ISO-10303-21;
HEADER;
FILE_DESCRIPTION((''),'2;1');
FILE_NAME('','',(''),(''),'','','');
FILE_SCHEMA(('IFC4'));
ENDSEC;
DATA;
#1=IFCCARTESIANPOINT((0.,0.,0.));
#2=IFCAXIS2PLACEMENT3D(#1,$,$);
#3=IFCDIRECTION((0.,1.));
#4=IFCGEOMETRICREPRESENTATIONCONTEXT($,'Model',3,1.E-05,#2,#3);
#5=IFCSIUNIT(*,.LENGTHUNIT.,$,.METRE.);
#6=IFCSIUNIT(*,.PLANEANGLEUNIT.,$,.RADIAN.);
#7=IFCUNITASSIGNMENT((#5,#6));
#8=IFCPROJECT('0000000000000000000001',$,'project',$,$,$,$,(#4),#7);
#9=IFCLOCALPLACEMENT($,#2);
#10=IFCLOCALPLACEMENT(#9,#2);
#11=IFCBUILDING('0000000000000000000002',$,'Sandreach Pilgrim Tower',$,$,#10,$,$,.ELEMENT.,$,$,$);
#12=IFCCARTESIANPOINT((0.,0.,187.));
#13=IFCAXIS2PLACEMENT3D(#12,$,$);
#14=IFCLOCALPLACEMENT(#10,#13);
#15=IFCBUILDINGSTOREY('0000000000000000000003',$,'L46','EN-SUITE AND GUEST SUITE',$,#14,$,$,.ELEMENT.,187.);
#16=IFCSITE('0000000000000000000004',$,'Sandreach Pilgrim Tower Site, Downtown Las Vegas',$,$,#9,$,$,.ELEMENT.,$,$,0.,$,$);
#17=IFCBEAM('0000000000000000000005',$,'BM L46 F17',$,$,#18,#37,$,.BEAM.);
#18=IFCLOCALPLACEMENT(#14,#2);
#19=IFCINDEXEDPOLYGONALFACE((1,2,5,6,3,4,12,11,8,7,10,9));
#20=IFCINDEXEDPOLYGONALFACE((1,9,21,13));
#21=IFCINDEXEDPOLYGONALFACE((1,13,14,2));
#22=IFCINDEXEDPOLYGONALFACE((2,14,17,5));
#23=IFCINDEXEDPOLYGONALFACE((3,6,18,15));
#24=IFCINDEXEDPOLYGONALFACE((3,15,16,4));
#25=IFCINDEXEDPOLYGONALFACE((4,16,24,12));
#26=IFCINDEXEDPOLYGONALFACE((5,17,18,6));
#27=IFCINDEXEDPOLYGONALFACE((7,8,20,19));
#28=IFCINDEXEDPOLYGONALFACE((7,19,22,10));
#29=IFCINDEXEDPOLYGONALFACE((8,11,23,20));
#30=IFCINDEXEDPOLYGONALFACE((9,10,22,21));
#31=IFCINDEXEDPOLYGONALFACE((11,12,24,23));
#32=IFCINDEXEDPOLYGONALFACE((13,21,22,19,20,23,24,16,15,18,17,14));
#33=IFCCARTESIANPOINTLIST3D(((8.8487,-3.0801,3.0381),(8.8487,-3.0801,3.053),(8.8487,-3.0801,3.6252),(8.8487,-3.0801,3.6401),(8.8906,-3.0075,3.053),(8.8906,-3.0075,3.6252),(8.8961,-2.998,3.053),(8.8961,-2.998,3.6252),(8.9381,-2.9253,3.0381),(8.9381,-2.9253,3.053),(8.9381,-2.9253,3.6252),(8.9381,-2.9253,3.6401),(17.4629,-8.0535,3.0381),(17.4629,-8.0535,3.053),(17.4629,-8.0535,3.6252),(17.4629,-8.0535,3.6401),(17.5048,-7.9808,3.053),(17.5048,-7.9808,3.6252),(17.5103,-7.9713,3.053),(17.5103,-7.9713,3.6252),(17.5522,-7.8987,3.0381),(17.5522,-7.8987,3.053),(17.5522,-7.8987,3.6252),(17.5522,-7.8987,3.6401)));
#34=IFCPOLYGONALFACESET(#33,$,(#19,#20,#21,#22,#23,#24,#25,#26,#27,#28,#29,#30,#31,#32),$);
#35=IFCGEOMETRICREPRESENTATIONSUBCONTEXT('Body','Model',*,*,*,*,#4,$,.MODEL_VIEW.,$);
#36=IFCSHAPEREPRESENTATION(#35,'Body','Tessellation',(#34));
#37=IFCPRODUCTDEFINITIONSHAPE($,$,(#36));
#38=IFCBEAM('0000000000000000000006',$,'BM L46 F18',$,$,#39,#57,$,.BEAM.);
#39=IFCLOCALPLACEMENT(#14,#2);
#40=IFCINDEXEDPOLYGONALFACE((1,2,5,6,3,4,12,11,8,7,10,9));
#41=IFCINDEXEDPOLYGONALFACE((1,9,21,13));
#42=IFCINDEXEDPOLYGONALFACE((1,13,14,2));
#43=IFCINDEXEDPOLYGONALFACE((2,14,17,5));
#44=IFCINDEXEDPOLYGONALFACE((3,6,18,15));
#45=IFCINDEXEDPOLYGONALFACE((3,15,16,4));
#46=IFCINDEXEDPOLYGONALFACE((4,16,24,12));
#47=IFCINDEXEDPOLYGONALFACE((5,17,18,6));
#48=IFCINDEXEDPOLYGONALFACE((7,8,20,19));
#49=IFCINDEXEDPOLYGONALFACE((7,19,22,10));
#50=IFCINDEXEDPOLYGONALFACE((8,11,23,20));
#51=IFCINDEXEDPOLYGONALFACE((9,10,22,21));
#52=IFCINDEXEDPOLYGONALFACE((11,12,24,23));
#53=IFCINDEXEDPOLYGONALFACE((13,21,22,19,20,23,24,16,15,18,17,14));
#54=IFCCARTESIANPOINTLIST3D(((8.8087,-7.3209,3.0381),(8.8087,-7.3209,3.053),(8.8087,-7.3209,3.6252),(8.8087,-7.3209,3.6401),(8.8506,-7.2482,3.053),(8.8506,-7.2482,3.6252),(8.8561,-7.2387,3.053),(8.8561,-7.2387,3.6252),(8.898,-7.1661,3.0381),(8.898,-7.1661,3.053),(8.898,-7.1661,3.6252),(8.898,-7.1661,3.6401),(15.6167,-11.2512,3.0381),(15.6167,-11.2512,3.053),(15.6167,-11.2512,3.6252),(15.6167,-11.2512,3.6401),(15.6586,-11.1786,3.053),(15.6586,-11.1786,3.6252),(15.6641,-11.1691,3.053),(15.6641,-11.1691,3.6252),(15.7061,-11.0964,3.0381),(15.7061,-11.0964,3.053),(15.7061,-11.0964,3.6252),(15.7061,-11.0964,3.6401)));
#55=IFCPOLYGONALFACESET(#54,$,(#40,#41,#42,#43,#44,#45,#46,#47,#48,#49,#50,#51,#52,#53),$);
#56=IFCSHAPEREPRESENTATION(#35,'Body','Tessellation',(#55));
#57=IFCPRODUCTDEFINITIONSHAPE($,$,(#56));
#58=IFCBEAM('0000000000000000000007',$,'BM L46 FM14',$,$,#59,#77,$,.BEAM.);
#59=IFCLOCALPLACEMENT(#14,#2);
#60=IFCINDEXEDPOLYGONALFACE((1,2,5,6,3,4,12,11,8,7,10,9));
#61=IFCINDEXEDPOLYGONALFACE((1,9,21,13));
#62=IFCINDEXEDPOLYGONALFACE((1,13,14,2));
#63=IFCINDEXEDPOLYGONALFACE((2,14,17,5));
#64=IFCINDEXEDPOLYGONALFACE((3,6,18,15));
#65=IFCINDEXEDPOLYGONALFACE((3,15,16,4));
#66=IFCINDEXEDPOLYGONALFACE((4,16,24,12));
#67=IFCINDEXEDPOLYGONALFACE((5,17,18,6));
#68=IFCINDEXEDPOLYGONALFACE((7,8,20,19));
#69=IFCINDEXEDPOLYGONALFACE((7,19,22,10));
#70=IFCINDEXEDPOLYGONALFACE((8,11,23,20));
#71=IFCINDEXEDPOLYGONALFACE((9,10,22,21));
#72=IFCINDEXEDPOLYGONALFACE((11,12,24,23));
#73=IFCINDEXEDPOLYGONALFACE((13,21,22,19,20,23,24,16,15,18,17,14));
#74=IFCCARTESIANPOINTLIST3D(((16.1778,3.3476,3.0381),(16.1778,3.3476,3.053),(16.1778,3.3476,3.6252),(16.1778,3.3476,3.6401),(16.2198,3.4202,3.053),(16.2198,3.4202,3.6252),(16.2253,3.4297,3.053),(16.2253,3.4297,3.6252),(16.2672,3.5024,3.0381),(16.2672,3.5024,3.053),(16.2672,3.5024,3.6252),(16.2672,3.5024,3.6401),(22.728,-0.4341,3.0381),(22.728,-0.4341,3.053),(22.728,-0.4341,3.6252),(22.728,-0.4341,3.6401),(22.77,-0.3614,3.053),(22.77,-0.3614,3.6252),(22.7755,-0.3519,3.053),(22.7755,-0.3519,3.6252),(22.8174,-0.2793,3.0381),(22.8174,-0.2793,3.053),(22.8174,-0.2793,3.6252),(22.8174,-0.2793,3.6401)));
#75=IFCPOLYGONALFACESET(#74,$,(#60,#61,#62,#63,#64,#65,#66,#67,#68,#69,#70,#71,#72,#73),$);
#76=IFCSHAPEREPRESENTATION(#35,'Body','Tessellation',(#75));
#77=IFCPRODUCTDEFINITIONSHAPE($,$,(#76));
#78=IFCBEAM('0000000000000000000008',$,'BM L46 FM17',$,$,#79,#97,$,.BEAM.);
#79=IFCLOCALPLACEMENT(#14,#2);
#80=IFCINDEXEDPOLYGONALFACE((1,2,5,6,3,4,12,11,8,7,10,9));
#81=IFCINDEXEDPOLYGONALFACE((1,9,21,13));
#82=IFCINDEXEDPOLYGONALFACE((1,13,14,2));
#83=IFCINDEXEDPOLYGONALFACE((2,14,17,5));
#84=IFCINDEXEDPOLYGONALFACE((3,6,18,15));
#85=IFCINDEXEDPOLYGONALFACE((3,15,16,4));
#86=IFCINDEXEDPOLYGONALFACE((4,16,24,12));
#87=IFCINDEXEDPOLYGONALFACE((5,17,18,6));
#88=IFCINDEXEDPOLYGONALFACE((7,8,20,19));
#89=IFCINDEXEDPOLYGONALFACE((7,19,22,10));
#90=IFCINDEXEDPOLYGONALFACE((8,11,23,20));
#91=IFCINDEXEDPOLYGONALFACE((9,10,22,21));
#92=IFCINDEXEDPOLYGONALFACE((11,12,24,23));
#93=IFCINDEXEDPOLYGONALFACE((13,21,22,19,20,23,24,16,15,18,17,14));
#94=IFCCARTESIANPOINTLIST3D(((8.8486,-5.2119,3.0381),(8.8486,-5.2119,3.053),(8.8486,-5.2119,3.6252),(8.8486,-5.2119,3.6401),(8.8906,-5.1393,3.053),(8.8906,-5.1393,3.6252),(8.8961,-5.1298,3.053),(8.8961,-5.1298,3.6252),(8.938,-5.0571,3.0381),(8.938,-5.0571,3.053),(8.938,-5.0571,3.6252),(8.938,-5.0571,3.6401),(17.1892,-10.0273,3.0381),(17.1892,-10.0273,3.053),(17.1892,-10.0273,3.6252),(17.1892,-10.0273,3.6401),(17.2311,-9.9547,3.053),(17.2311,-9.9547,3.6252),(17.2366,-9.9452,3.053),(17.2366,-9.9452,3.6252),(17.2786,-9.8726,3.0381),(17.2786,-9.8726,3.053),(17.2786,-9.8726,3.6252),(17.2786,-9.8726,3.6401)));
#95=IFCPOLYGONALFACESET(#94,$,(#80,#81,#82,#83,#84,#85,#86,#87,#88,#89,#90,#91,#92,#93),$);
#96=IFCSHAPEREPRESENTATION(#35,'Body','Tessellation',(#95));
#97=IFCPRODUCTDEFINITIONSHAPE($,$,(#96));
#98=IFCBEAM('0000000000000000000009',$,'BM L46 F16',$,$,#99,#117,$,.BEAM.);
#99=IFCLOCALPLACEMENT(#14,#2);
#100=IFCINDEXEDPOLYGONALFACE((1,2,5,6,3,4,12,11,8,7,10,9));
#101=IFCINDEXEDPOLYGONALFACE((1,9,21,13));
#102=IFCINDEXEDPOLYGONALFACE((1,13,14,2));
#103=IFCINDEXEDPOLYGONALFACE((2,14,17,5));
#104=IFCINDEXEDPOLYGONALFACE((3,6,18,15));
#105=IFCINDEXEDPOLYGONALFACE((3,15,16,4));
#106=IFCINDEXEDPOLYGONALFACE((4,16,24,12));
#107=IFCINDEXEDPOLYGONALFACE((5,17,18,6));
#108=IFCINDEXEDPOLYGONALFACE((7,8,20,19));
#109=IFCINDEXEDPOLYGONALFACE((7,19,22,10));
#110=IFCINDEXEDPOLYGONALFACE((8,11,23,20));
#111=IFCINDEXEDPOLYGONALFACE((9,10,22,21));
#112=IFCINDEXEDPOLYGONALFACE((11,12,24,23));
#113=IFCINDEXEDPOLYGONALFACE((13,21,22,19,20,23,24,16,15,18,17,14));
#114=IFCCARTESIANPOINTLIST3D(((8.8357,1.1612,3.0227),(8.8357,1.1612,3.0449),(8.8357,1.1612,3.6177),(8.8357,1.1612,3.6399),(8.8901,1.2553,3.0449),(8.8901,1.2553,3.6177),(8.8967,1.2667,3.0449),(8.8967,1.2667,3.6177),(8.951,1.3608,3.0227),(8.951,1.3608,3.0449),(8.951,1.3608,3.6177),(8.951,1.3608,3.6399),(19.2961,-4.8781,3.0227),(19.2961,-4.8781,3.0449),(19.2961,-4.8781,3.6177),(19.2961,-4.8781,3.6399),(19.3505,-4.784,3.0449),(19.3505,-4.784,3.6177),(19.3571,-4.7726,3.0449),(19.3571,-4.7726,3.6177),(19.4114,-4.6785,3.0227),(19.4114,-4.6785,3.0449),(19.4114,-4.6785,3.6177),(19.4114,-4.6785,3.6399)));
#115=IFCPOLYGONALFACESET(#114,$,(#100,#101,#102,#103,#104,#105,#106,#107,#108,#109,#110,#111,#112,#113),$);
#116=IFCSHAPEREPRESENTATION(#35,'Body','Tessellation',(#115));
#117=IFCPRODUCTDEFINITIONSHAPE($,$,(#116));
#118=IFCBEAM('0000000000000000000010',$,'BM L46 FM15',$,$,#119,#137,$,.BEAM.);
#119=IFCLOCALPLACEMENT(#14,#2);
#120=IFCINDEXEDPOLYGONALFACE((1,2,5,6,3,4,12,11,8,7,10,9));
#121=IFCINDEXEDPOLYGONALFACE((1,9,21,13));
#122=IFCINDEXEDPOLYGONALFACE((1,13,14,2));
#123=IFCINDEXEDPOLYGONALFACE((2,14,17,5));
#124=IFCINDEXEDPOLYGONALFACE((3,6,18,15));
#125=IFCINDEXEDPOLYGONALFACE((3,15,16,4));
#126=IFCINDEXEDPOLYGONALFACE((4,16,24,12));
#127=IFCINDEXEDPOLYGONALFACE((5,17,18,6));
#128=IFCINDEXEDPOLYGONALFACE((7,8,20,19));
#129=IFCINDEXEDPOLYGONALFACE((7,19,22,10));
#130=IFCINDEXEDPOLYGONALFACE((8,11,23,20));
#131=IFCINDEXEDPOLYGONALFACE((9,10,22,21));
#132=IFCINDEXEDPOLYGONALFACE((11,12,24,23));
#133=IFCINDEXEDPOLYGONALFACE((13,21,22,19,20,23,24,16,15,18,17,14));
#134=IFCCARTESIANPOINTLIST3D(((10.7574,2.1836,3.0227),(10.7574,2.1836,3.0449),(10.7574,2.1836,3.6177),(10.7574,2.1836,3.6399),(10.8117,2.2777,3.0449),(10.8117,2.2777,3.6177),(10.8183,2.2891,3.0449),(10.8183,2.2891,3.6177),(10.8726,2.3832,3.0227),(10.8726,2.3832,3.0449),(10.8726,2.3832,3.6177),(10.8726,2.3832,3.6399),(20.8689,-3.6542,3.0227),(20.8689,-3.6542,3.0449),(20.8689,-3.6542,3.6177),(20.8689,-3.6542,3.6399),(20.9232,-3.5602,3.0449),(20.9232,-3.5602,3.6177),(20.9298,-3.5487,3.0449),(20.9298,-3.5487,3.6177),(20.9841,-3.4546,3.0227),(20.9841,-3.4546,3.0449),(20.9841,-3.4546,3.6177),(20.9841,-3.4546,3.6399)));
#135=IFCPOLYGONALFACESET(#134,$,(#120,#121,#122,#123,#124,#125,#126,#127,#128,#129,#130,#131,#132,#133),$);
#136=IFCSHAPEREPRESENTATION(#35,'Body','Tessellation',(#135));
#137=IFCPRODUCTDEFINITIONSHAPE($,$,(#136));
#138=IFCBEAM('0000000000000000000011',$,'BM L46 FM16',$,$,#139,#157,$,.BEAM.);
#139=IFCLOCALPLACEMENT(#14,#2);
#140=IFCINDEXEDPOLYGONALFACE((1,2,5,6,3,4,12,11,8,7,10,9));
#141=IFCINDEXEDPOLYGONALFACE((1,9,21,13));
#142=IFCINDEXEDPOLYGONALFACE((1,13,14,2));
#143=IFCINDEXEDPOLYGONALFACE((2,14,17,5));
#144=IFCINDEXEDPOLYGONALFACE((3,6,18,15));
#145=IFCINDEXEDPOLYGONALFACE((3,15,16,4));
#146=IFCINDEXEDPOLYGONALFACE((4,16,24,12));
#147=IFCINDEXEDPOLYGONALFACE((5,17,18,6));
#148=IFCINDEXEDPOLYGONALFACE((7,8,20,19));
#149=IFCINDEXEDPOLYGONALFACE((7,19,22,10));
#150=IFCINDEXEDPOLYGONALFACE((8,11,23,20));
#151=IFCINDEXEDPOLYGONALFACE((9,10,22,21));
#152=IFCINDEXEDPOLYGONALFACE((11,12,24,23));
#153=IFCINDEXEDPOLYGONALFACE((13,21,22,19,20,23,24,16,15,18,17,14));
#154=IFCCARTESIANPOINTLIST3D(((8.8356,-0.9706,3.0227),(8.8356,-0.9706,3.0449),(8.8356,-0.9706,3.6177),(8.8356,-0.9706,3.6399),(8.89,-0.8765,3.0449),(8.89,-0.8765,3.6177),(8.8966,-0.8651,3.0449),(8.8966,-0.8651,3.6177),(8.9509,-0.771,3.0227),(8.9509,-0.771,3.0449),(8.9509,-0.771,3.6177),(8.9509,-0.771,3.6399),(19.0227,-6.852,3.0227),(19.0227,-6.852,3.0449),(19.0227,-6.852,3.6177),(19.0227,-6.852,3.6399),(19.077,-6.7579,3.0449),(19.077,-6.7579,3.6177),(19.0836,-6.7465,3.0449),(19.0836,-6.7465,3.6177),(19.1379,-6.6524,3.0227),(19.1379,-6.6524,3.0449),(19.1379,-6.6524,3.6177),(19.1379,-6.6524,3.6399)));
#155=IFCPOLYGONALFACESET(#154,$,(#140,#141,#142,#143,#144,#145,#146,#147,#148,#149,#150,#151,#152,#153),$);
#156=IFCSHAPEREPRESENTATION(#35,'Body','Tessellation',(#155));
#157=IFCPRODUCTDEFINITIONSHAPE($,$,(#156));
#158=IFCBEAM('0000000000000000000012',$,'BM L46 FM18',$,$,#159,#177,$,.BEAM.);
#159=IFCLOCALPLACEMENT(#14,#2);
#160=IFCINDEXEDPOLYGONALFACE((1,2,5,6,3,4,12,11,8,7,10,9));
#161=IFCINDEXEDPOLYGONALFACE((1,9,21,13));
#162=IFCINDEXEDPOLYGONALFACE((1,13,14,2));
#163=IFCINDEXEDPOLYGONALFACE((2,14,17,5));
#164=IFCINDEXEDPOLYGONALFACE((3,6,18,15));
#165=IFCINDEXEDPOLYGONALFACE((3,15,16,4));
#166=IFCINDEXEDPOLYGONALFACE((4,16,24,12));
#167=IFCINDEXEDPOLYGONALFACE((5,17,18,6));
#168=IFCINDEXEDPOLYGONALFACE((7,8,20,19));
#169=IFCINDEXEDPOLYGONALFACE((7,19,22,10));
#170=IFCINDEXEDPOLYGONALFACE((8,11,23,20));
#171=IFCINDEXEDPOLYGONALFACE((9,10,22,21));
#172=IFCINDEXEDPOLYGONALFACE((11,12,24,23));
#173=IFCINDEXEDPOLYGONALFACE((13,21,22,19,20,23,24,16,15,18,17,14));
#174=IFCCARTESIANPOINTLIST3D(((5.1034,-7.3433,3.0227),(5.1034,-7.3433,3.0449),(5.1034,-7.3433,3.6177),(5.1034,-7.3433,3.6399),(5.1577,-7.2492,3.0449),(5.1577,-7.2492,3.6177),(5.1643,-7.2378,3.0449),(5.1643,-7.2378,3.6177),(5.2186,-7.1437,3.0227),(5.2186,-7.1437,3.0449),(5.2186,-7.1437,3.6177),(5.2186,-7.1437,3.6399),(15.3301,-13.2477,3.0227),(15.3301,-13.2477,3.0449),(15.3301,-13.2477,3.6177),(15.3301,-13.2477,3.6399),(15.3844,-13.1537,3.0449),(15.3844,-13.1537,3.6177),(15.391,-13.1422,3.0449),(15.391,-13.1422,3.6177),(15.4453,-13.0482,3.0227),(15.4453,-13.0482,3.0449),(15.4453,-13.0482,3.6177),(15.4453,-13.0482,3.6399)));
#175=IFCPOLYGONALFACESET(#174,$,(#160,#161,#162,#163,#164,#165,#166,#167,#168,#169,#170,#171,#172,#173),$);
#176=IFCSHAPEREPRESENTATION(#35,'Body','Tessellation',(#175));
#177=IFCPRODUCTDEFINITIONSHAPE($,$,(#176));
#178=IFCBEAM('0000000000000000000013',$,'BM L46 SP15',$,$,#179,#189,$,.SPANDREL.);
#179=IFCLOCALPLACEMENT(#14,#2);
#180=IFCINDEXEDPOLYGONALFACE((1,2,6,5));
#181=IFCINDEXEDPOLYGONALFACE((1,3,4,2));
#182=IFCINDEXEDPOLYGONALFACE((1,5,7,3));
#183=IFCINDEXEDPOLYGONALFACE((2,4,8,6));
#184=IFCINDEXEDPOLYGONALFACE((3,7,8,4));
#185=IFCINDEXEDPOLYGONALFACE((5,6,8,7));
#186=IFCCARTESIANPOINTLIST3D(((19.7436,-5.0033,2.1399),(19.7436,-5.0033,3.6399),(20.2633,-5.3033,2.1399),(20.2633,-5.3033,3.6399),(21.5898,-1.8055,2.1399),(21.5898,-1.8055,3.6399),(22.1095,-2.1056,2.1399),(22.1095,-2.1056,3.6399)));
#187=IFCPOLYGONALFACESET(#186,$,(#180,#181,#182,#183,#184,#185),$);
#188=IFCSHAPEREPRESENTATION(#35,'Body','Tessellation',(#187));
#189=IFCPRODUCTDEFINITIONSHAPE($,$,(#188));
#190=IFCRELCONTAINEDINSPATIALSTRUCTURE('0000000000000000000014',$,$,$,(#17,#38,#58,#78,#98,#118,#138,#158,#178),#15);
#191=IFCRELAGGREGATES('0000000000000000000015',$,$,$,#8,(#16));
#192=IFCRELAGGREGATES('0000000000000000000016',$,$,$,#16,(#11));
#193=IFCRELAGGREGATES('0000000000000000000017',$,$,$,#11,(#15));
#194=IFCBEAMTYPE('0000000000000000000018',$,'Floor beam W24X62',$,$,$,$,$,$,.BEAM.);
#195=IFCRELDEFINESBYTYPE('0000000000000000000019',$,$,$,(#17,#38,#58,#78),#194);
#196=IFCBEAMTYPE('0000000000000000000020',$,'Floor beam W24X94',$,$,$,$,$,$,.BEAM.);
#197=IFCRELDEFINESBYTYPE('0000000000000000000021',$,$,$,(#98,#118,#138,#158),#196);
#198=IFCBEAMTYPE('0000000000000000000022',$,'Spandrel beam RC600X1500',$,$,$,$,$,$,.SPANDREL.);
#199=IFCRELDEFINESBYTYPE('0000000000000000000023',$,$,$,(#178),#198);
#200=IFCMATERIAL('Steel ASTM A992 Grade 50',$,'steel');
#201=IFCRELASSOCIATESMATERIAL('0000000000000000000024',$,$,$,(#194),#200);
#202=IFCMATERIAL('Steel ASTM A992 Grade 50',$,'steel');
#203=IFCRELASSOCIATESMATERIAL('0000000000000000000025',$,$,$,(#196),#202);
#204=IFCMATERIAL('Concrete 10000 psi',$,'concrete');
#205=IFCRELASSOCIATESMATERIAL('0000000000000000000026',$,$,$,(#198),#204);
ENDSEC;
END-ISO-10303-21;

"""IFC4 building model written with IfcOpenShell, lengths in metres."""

from ifc_helpers import new_model, si_unit, direction, frame, origin, origin_2d, place, context, subcontext, project, spatial, rectangle, i_section, extrude, material, material_profile, profile_set, type_object, element, save


model = new_model("IFC4")

# Units and contexts
model_context = context("Model", 3, precision=1e-05, world=origin(), true_north=direction((0.0, 1.0)))
body_context = subcontext(model_context, "Body", "Model", "MODEL_VIEW")
ifc_project = project(units=[si_unit("LENGTHUNIT", "METRE"), si_unit("PLANEANGLEUNIT", "RADIAN")], contexts=[model_context])

# Site, building, storey
site_placement = place(None, origin())
site = spatial("IfcSite", under=ifc_project, at=site_placement, Name="Sandreach Pilgrim Tower Site, Downtown Las Vegas", CompositionType="ELEMENT", RefElevation=0.0)
building_placement = place(site_placement, origin())
building = spatial("IfcBuilding", under=site, at=building_placement, Name="Sandreach Pilgrim Tower", CompositionType="ELEMENT")
storey_placement = place(building_placement, frame((0.0, 0.0, 187.0)))
storey = spatial("IfcBuildingStorey", under=building, at=storey_placement, Name="L46", Description="EN-SUITE AND GUEST SUITE", CompositionType="ELEMENT", Elevation=187.0)

# Beams
ifc_material_1 = material(Name="Steel ASTM A992 Grade 50", Category="steel")
ifc_material_profile_1 = material_profile(ifc_material_1, i_section(OverallWidth=0.1787, OverallDepth=0.6021, WebThickness=0.011, FlangeThickness=0.0149, at=origin_2d()), Name="W24X62")
ifc_profile_set_1 = profile_set([ifc_material_profile_1], Name="Steel ASTM A992 Grade 50")
beam_type_1 = type_object("IfcBeamType", Name="Floor beam W24X62", PredefinedType="BEAM", material=ifc_profile_set_1)
beam_1_placement = place(storey_placement, frame((17.5076, -7.9761, 3.3391), z_axis=(-0.866028, 0.499996, 0.0), x_axis=(-0.499996, -0.866028, 0.0)))
element("IfcBeam", 1, at=beam_1_placement, inside=storey, type_object=beam_type_1, Name="BM L46 F17", PredefinedType="BEAM", context=body_context, shape_type="SweptSolid", body=[
    extrude(i_section(OverallWidth=0.1787, OverallDepth=0.6021, WebThickness=0.011, FlangeThickness=0.0149, at=origin_2d()), origin(), (0.0, 0.0, 1.0), 9.9468),
])
beam_2_placement = place(storey_placement, frame((15.6614, -11.1738, 3.3391), z_axis=(-0.866039, 0.499977, 0.0), x_axis=(-0.499977, -0.866039, 0.0)))
element("IfcBeam", 2, at=beam_2_placement, inside=storey, type_object=beam_type_1, Name="BM L46 F18", PredefinedType="BEAM", context=body_context, shape_type="SweptSolid", body=[
    extrude(i_section(OverallWidth=0.1787, OverallDepth=0.6021, WebThickness=0.011, FlangeThickness=0.0149, at=origin_2d()), origin(), (0.0, 0.0, 1.0), 7.8611),
])
beam_3_placement = place(storey_placement, frame((22.7727, -0.3567, 3.3391), z_axis=(-0.86603, 0.499993, 0.0), x_axis=(-0.499993, -0.86603, 0.0)))
element("IfcBeam", 3, at=beam_3_placement, inside=storey, type_object=beam_type_1, Name="BM L46 FM14", PredefinedType="BEAM", context=body_context, shape_type="SweptSolid", body=[
    extrude(i_section(OverallWidth=0.1787, OverallDepth=0.6021, WebThickness=0.011, FlangeThickness=0.0149, at=origin_2d()), origin(), (0.0, 0.0, 1.0), 7.5635),
])
beam_4_placement = place(storey_placement, frame((17.2339, -9.95, 3.3391), z_axis=(-0.866026, 0.5, 0.0), x_axis=(-0.5, -0.866026, 0.0)))
element("IfcBeam", 4, at=beam_4_placement, inside=storey, type_object=beam_type_1, Name="BM L46 FM17", PredefinedType="BEAM", context=body_context, shape_type="SweptSolid", body=[
    extrude(i_section(OverallWidth=0.1787, OverallDepth=0.6021, WebThickness=0.011, FlangeThickness=0.0149, at=origin_2d()), origin(), (0.0, 0.0, 1.0), 9.6309),
])
ifc_material_2 = material(Name="Steel ASTM A992 Grade 50", Category="steel")
ifc_material_profile_2 = material_profile(ifc_material_2, i_section(OverallWidth=0.2305, OverallDepth=0.6172, WebThickness=0.0132, FlangeThickness=0.0222, at=origin_2d()), Name="W24X94")
ifc_profile_set_2 = profile_set([ifc_material_profile_2], Name="Steel ASTM A992 Grade 50")
beam_type_2 = type_object("IfcBeamType", Name="Floor beam W24X94", PredefinedType="BEAM", material=ifc_profile_set_2)
beam_5_placement = place(storey_placement, frame((19.3538, -4.7783, 3.3313), z_axis=(-0.866027, 0.499998, 0.0), x_axis=(-0.499998, -0.866027, 0.0)))
element("IfcBeam", 5, at=beam_5_placement, inside=storey, type_object=beam_type_2, Name="BM L46 F16", PredefinedType="BEAM", context=body_context, shape_type="SweptSolid", body=[
    extrude(i_section(OverallWidth=0.2305, OverallDepth=0.6172, WebThickness=0.0132, FlangeThickness=0.0222, at=origin_2d()), origin(), (0.0, 0.0, 1.0), 12.0786),
])
beam_6_placement = place(storey_placement, frame((20.9265, -3.5544, 3.3313), z_axis=(-0.866026, 0.499998, 0.0), x_axis=(-0.499998, -0.866026, 0.0)))
element("IfcBeam", 6, at=beam_6_placement, inside=storey, type_object=beam_type_2, Name="BM L46 FM15", PredefinedType="BEAM", context=body_context, shape_type="SweptSolid", body=[
    extrude(i_section(OverallWidth=0.2305, OverallDepth=0.6172, WebThickness=0.0132, FlangeThickness=0.0222, at=origin_2d()), origin(), (0.0, 0.0, 1.0), 11.6758),
])
beam_7_placement = place(storey_placement, frame((19.0803, -6.7522, 3.3313), z_axis=(-0.86603, 0.499992, 0.0), x_axis=(-0.499992, -0.86603, 0.0)))
element("IfcBeam", 7, at=beam_7_placement, inside=storey, type_object=beam_type_2, Name="BM L46 FM16", PredefinedType="BEAM", context=body_context, shape_type="SweptSolid", body=[
    extrude(i_section(OverallWidth=0.2305, OverallDepth=0.6172, WebThickness=0.0132, FlangeThickness=0.0222, at=origin_2d()), origin(), (0.0, 0.0, 1.0), 11.7629),
])
beam_8_placement = place(storey_placement, frame((15.3877, -13.1479, 3.3313), z_axis=(-0.866022, 0.500006, 0.0), x_axis=(-0.500006, -0.866022, 0.0)))
element("IfcBeam", 8, at=beam_8_placement, inside=storey, type_object=beam_type_2, Name="BM L46 FM18", PredefinedType="BEAM", context=body_context, shape_type="SweptSolid", body=[
    extrude(i_section(OverallWidth=0.2305, OverallDepth=0.6172, WebThickness=0.0132, FlangeThickness=0.0222, at=origin_2d()), origin(), (0.0, 0.0, 1.0), 11.8088),
])
ifc_material_3 = material(Name="Concrete 10000 psi", Category="concrete")
ifc_material_profile_3 = material_profile(ifc_material_3, rectangle(XDim=0.6001, YDim=1.5, at=origin_2d()), Name="RC600X1500")
ifc_profile_set_3 = profile_set([ifc_material_profile_3], Name="Concrete 10000 psi")
beam_type_3 = type_object("IfcBeamType", Name="Spandrel beam RC600X1500", PredefinedType="SPANDREL", material=ifc_profile_set_3)
for number, where, z_axis, x_axis, name in (
    (9, (21.8496, -1.9556, 2.8899), (-0.499993, -0.866029, 0.0), (0.866029, -0.499993, 0.0), "BM L46 SP15"),
):
    element("IfcBeam", number, at=place(storey_placement, frame(where, z_axis=z_axis, x_axis=x_axis)), inside=storey, type_object=beam_type_3, Name=name, PredefinedType="SPANDREL", context=body_context, shape_type="SweptSolid", body=[
        extrude(rectangle(XDim=0.6001, YDim=1.5, at=origin_2d()), origin(), (0.0, 0.0, 1.0), 3.6924),
    ])

save(model, "model.ifc")
